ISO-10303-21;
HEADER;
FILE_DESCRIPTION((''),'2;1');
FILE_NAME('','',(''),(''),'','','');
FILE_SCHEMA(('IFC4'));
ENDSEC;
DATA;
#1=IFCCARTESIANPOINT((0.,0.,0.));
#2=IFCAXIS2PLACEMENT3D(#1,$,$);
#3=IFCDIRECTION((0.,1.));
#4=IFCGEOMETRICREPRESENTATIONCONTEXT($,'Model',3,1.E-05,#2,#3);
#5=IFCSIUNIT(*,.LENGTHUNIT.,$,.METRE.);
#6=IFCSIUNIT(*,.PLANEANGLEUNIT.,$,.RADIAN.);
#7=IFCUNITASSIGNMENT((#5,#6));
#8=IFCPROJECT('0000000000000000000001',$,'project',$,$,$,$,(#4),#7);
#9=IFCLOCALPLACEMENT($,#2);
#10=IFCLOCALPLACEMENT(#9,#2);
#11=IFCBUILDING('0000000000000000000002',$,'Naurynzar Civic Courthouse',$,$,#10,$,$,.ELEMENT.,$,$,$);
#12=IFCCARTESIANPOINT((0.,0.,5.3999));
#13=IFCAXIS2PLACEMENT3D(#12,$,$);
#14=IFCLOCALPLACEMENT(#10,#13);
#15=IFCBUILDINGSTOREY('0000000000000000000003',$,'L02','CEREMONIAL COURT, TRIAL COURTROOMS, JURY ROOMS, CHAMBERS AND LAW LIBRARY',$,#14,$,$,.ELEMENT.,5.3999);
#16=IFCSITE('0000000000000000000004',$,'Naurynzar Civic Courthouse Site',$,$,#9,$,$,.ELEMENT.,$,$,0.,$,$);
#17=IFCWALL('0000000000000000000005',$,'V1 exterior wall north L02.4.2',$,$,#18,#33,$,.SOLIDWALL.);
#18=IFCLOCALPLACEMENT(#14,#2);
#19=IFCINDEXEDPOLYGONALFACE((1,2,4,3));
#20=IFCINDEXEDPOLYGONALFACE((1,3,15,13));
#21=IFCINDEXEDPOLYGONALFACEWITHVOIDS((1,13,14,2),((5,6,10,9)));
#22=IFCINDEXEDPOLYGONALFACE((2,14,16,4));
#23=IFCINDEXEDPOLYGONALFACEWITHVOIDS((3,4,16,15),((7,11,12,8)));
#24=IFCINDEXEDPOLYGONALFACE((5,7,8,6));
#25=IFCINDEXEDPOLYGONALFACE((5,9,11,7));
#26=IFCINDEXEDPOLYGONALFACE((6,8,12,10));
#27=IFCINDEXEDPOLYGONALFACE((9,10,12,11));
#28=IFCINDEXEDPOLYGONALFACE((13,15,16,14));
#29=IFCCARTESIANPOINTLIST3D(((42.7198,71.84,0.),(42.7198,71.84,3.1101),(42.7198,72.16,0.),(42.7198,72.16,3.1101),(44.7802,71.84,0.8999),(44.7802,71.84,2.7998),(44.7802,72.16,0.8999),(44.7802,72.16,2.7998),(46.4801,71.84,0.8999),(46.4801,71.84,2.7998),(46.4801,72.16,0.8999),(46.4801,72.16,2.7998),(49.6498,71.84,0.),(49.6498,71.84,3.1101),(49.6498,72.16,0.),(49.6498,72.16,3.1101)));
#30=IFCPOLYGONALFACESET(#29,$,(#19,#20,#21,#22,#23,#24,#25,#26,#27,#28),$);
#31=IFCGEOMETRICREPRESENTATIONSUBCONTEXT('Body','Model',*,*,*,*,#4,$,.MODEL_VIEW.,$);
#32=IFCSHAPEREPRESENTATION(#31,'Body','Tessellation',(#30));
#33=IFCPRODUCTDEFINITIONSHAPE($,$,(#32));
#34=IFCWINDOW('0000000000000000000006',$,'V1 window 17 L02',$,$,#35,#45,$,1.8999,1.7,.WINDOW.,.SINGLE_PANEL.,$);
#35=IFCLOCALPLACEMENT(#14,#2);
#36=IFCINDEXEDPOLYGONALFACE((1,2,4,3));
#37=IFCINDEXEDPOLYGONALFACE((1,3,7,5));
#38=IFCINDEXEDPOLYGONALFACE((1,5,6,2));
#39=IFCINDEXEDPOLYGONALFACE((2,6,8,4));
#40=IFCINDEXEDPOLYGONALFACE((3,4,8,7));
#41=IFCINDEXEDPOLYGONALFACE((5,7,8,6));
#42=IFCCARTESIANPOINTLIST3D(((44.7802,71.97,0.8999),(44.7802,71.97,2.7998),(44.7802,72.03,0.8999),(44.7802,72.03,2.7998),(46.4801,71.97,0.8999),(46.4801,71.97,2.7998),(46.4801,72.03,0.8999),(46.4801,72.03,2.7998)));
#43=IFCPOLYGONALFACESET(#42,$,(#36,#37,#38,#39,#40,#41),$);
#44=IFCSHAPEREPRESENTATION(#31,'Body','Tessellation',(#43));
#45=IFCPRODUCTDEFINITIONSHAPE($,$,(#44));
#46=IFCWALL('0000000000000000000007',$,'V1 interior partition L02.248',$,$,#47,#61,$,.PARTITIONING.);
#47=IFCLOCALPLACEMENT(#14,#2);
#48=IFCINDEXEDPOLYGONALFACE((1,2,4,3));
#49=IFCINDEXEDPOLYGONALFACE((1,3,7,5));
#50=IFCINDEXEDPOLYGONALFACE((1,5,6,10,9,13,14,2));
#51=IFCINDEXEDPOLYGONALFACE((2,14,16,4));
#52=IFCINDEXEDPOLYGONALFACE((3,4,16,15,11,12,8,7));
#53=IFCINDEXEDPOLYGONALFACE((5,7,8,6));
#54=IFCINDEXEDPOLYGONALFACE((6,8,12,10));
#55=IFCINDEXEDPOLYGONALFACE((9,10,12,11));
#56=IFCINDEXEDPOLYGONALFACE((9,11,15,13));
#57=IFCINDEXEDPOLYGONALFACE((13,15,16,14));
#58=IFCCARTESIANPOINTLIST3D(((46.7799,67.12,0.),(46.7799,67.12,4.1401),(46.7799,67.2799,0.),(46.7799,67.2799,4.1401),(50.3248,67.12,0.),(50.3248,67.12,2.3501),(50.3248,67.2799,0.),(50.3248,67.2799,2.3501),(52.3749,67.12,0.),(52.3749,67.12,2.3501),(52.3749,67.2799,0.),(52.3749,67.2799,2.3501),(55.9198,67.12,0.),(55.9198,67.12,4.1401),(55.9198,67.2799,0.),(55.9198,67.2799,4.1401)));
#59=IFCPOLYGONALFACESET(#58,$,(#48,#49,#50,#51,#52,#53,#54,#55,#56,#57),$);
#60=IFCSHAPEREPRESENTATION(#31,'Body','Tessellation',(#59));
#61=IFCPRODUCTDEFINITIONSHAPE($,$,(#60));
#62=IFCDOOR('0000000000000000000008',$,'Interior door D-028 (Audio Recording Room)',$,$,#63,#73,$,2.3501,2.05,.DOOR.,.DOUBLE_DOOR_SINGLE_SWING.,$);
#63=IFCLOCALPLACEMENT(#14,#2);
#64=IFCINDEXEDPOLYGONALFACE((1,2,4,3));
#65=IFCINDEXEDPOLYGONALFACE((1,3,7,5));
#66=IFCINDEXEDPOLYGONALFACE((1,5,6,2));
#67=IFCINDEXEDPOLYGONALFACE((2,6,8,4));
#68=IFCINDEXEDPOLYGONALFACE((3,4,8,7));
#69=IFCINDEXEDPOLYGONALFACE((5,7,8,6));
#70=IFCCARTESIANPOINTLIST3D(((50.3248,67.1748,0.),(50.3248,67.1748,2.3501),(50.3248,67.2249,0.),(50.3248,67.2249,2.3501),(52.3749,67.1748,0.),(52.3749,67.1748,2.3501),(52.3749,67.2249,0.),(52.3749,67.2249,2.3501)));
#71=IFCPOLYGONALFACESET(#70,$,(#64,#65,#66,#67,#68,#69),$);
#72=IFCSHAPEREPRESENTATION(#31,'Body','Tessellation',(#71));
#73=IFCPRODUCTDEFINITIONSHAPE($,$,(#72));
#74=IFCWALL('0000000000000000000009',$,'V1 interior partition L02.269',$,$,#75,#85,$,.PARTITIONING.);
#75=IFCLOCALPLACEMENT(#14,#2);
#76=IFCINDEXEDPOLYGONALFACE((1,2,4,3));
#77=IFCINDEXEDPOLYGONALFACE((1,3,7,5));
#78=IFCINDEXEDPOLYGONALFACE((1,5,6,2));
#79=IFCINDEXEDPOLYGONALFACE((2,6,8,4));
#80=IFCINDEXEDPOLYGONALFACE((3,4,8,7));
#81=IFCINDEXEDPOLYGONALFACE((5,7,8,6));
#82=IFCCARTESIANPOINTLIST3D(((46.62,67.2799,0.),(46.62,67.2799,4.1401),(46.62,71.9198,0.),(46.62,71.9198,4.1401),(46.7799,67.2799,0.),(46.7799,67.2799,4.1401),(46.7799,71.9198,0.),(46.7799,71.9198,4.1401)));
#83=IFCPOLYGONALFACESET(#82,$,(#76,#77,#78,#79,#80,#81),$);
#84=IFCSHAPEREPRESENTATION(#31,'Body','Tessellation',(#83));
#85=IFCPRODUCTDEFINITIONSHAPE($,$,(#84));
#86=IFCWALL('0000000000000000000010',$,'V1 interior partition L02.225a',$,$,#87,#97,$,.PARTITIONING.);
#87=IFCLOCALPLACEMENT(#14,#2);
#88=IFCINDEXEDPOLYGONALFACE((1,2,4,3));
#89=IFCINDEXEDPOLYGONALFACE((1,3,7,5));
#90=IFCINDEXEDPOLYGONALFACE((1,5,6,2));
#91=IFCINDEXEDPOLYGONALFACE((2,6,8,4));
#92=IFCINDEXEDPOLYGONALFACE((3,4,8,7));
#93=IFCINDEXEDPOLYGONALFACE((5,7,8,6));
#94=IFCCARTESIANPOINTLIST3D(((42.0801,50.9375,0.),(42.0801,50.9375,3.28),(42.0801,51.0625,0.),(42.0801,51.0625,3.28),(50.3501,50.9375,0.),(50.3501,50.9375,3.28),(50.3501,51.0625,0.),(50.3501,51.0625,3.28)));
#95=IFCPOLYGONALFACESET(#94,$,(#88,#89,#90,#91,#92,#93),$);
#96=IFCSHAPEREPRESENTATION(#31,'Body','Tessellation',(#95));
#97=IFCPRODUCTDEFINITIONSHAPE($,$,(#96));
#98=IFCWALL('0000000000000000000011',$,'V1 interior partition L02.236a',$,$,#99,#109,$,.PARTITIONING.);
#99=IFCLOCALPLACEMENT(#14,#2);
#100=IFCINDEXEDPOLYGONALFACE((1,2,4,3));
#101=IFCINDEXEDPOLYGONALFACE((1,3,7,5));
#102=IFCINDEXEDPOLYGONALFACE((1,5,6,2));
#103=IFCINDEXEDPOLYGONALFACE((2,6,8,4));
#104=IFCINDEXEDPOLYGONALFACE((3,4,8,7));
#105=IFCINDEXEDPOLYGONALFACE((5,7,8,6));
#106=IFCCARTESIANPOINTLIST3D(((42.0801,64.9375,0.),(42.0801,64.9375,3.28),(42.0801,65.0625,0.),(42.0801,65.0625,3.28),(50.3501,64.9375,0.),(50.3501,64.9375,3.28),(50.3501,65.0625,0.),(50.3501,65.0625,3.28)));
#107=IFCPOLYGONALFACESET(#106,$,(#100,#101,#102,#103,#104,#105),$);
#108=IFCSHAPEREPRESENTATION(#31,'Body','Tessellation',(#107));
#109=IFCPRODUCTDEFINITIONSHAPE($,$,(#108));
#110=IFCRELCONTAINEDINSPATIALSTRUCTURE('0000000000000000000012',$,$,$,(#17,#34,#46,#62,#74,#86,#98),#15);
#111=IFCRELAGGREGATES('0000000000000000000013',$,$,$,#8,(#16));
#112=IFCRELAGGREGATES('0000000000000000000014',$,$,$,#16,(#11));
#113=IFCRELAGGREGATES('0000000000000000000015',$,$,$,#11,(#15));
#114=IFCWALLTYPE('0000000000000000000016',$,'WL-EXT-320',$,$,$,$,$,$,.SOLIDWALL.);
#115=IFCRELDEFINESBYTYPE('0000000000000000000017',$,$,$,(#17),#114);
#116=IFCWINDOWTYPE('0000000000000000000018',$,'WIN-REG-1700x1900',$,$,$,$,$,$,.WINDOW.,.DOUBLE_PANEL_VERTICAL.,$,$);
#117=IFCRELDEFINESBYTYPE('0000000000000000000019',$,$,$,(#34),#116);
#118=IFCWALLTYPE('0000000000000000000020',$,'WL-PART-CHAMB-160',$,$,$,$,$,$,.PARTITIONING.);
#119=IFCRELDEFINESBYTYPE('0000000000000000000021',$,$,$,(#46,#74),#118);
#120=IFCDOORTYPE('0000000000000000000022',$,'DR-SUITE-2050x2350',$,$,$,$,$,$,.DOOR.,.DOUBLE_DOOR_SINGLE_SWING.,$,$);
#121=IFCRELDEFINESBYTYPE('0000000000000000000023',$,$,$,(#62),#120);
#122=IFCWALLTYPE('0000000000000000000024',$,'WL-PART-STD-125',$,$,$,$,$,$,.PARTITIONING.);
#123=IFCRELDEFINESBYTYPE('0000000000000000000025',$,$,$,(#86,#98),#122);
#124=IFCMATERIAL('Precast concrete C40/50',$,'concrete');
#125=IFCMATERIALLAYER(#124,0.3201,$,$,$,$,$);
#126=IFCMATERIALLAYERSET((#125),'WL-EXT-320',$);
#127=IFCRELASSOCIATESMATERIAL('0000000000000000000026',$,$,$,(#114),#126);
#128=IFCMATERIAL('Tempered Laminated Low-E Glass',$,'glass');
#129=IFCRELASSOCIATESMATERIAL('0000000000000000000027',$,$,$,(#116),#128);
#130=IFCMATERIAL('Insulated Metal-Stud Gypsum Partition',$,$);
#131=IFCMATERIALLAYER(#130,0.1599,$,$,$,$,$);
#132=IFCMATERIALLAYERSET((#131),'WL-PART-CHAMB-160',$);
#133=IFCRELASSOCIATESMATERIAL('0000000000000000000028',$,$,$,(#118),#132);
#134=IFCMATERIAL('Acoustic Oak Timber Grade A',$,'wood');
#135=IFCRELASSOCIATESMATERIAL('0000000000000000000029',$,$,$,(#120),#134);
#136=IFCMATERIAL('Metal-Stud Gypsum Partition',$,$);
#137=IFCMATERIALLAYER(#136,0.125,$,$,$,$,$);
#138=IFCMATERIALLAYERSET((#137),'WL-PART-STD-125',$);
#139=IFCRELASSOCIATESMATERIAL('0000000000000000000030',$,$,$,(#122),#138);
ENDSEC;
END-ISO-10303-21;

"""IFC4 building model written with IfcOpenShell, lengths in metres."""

from ifc_helpers import new_model, si_unit, direction, frame, frame_2d, origin, place, context, subcontext, project, spatial, rectangle, extrude, material, layer, layer_set, type_object, element, fill, save


model = new_model("IFC4")

# Units and contexts
model_context = context("Model", 3, precision=1e-05, world=origin(), true_north=direction((0.0, 1.0)))
body_context = subcontext(model_context, "Body", "Model", "MODEL_VIEW")
ifc_project = project(units=[si_unit("LENGTHUNIT", "METRE"), si_unit("PLANEANGLEUNIT", "RADIAN")], contexts=[model_context])

# Site, building, storey
site_placement = place(None, origin())
site = spatial("IfcSite", under=ifc_project, at=site_placement, Name="Naurynzar Civic Courthouse Site", CompositionType="ELEMENT", RefElevation=0.0)
building_placement = place(site_placement, origin())
building = spatial("IfcBuilding", under=site, at=building_placement, Name="Naurynzar Civic Courthouse", CompositionType="ELEMENT")
storey_placement = place(building_placement, frame((0.0, 0.0, 5.3999)))
storey = spatial("IfcBuildingStorey", under=building, at=storey_placement, Name="L02", Description="CEREMONIAL COURT, TRIAL COURTROOMS, JURY ROOMS, CHAMBERS AND LAW LIBRARY", CompositionType="ELEMENT", Elevation=5.3999)

# Wall, opening, window
ifc_material_1 = material(Name="Precast concrete C40/50", Category="concrete")
ifc_layer_1 = layer(ifc_material_1, 0.3201)
ifc_layer_set_1 = layer_set([ifc_layer_1], Name="WL-EXT-320")
wall_type_1 = type_object("IfcWallType", Name="WL-EXT-320", PredefinedType="SOLIDWALL", material=ifc_layer_set_1)
wall_1_placement = place(storey_placement, frame((42.72, 72.0, 0.0), z_axis=(0.0, 0.0, 1.0), x_axis=(1.0, 0.0, 0.0)))
wall_1 = element("IfcWall", 1, at=wall_1_placement, inside=storey, type_object=wall_type_1, Name="V1 exterior wall north L02.4.2", PredefinedType="SOLIDWALL", context=body_context, shape_type="SweptSolid", body=[
    extrude(rectangle(XDim=6.9299, YDim=0.3201, at=frame_2d((3.4648, 0.0))), origin(), (0.0, 0.0, 1.0), 3.1101),
])
opening_1_placement = place(wall_1_placement, frame((2.0601, 0.0, 0.8999)))
opening_1 = element("IfcOpeningElement", 2, at=opening_1_placement, cuts=wall_1, PredefinedType="OPENING", context=body_context, shape_type="SweptSolid", body=[
    extrude(rectangle(XDim=1.7, YDim=1.8999, at=frame_2d((0.8501, 0.95))), frame((0.0, 0.1699, 0.0), z_axis=(0.0, -1.0, 0.0), x_axis=(1.0, 0.0, 0.0)), (0.0, 0.0, 1.0), 0.3401),
])
ifc_material_2 = material(Name="Tempered Laminated Low-E Glass", Category="glass")
window_type = type_object("IfcWindowType", Name="WIN-REG-1700x1900", PartitioningType="DOUBLE_PANEL_VERTICAL", PredefinedType="WINDOW", material=ifc_material_2)
window_placement = place(opening_1_placement, origin())
window = element("IfcWindow", 3, at=window_placement, inside=storey, type_object=window_type, Name="V1 window 17 L02", OverallHeight=1.8999, OverallWidth=1.7, PartitioningType="SINGLE_PANEL", PredefinedType="WINDOW", context=body_context, shape_type="SweptSolid", body=[
    extrude(rectangle(XDim=1.7, YDim=1.8999, at=frame_2d((0.8501, 0.95))), frame((0.0, 0.03, 0.0), z_axis=(0.0, -1.0, 0.0), x_axis=(1.0, 0.0, 0.0)), (0.0, 0.0, 1.0), 0.0601),
])
fill(opening_1, window)

# Wall, opening, door
ifc_material_3 = material(Name="Insulated Metal-Stud Gypsum Partition")
ifc_layer_2 = layer(ifc_material_3, 0.1599)
ifc_layer_set_2 = layer_set([ifc_layer_2], Name="WL-PART-CHAMB-160")
wall_type_2 = type_object("IfcWallType", Name="WL-PART-CHAMB-160", PredefinedType="PARTITIONING", material=ifc_layer_set_2)
wall_2_placement = place(storey_placement, frame((46.78, 67.2, 0.0), z_axis=(0.0, 0.0, 1.0), x_axis=(1.0, 0.0, 0.0)))
wall_2 = element("IfcWall", 4, at=wall_2_placement, inside=storey, type_object=wall_type_2, Name="V1 interior partition L02.248", PredefinedType="PARTITIONING", context=body_context, shape_type="SweptSolid", body=[
    extrude(rectangle(XDim=9.1399, YDim=0.1599, at=frame_2d((4.5698, 0.0))), origin(), (0.0, 0.0, 1.0), 4.1401),
])
opening_2_placement = place(wall_2_placement, frame((3.5449, 0.0, 0.0)))
opening_2 = element("IfcOpeningElement", 5, at=opening_2_placement, cuts=wall_2, PredefinedType="OPENING", context=body_context, shape_type="SweptSolid", body=[
    extrude(rectangle(XDim=2.05, YDim=2.3501, at=frame_2d((1.0249, 1.175))), frame((0.0, 0.0898, 0.0), z_axis=(0.0, -1.0, 0.0), x_axis=(1.0, 0.0, 0.0)), (0.0, 0.0, 1.0), 0.1799),
])
ifc_material_4 = material(Name="Acoustic Oak Timber Grade A", Category="wood")
door_type = type_object("IfcDoorType", Name="DR-SUITE-2050x2350", OperationType="DOUBLE_DOOR_SINGLE_SWING", PredefinedType="DOOR", material=ifc_material_4)
door_placement = place(opening_2_placement, origin())
door = element("IfcDoor", 6, at=door_placement, inside=storey, type_object=door_type, Name="Interior door D-028 (Audio Recording Room)", OperationType="DOUBLE_DOOR_SINGLE_SWING", OverallHeight=2.3501, OverallWidth=2.05, PredefinedType="DOOR", context=body_context, shape_type="SweptSolid", body=[
    extrude(rectangle(XDim=2.05, YDim=2.3501, at=frame_2d((1.0249, 1.175))), frame((0.0, 0.0249, 0.0), z_axis=(0.0, -1.0, 0.0), x_axis=(1.0, 0.0, 0.0)), (0.0, 0.0, 1.0), 0.05),
])
fill(opening_2, door)

# Walls
wall_3_placement = place(storey_placement, frame((46.7, 67.28, 0.0), z_axis=(0.0, 0.0, 1.0), x_axis=(0.0, 1.0, 0.0)))
element("IfcWall", 7, at=wall_3_placement, inside=storey, type_object=wall_type_2, Name="V1 interior partition L02.269", PredefinedType="PARTITIONING", context=body_context, shape_type="SweptSolid", body=[
    extrude(rectangle(XDim=4.6399, YDim=0.1599, at=frame_2d((2.3198, 0.0))), origin(), (0.0, 0.0, 1.0), 4.1401),
])
ifc_material_5 = material(Name="Metal-Stud Gypsum Partition")
ifc_layer_3 = layer(ifc_material_5, 0.125)
ifc_layer_set_3 = layer_set([ifc_layer_3], Name="WL-PART-STD-125")
wall_type_3 = type_object("IfcWallType", Name="WL-PART-STD-125", PredefinedType="PARTITIONING", material=ifc_layer_set_3)
for number, where, z_axis, x_axis, name in (
    (8, (42.0801, 51.0, 0.0), (0.0, 0.0, 1.0), (1.0, 0.0, 0.0), "V1 interior partition L02.225a"),
    (9, (42.0801, 65.0, 0.0), (0.0, 0.0, 1.0), (1.0, 0.0, 0.0), "V1 interior partition L02.236a"),
):
    element("IfcWall", number, at=place(storey_placement, frame(where, z_axis=z_axis, x_axis=x_axis)), inside=storey, type_object=wall_type_3, Name=name, PredefinedType="PARTITIONING", context=body_context, shape_type="SweptSolid", body=[
        extrude(rectangle(XDim=8.27, YDim=0.125, at=frame_2d((4.135, 0.0))), origin(), (0.0, 0.0, 1.0), 3.28),
    ])

save(model, "model.ifc")
